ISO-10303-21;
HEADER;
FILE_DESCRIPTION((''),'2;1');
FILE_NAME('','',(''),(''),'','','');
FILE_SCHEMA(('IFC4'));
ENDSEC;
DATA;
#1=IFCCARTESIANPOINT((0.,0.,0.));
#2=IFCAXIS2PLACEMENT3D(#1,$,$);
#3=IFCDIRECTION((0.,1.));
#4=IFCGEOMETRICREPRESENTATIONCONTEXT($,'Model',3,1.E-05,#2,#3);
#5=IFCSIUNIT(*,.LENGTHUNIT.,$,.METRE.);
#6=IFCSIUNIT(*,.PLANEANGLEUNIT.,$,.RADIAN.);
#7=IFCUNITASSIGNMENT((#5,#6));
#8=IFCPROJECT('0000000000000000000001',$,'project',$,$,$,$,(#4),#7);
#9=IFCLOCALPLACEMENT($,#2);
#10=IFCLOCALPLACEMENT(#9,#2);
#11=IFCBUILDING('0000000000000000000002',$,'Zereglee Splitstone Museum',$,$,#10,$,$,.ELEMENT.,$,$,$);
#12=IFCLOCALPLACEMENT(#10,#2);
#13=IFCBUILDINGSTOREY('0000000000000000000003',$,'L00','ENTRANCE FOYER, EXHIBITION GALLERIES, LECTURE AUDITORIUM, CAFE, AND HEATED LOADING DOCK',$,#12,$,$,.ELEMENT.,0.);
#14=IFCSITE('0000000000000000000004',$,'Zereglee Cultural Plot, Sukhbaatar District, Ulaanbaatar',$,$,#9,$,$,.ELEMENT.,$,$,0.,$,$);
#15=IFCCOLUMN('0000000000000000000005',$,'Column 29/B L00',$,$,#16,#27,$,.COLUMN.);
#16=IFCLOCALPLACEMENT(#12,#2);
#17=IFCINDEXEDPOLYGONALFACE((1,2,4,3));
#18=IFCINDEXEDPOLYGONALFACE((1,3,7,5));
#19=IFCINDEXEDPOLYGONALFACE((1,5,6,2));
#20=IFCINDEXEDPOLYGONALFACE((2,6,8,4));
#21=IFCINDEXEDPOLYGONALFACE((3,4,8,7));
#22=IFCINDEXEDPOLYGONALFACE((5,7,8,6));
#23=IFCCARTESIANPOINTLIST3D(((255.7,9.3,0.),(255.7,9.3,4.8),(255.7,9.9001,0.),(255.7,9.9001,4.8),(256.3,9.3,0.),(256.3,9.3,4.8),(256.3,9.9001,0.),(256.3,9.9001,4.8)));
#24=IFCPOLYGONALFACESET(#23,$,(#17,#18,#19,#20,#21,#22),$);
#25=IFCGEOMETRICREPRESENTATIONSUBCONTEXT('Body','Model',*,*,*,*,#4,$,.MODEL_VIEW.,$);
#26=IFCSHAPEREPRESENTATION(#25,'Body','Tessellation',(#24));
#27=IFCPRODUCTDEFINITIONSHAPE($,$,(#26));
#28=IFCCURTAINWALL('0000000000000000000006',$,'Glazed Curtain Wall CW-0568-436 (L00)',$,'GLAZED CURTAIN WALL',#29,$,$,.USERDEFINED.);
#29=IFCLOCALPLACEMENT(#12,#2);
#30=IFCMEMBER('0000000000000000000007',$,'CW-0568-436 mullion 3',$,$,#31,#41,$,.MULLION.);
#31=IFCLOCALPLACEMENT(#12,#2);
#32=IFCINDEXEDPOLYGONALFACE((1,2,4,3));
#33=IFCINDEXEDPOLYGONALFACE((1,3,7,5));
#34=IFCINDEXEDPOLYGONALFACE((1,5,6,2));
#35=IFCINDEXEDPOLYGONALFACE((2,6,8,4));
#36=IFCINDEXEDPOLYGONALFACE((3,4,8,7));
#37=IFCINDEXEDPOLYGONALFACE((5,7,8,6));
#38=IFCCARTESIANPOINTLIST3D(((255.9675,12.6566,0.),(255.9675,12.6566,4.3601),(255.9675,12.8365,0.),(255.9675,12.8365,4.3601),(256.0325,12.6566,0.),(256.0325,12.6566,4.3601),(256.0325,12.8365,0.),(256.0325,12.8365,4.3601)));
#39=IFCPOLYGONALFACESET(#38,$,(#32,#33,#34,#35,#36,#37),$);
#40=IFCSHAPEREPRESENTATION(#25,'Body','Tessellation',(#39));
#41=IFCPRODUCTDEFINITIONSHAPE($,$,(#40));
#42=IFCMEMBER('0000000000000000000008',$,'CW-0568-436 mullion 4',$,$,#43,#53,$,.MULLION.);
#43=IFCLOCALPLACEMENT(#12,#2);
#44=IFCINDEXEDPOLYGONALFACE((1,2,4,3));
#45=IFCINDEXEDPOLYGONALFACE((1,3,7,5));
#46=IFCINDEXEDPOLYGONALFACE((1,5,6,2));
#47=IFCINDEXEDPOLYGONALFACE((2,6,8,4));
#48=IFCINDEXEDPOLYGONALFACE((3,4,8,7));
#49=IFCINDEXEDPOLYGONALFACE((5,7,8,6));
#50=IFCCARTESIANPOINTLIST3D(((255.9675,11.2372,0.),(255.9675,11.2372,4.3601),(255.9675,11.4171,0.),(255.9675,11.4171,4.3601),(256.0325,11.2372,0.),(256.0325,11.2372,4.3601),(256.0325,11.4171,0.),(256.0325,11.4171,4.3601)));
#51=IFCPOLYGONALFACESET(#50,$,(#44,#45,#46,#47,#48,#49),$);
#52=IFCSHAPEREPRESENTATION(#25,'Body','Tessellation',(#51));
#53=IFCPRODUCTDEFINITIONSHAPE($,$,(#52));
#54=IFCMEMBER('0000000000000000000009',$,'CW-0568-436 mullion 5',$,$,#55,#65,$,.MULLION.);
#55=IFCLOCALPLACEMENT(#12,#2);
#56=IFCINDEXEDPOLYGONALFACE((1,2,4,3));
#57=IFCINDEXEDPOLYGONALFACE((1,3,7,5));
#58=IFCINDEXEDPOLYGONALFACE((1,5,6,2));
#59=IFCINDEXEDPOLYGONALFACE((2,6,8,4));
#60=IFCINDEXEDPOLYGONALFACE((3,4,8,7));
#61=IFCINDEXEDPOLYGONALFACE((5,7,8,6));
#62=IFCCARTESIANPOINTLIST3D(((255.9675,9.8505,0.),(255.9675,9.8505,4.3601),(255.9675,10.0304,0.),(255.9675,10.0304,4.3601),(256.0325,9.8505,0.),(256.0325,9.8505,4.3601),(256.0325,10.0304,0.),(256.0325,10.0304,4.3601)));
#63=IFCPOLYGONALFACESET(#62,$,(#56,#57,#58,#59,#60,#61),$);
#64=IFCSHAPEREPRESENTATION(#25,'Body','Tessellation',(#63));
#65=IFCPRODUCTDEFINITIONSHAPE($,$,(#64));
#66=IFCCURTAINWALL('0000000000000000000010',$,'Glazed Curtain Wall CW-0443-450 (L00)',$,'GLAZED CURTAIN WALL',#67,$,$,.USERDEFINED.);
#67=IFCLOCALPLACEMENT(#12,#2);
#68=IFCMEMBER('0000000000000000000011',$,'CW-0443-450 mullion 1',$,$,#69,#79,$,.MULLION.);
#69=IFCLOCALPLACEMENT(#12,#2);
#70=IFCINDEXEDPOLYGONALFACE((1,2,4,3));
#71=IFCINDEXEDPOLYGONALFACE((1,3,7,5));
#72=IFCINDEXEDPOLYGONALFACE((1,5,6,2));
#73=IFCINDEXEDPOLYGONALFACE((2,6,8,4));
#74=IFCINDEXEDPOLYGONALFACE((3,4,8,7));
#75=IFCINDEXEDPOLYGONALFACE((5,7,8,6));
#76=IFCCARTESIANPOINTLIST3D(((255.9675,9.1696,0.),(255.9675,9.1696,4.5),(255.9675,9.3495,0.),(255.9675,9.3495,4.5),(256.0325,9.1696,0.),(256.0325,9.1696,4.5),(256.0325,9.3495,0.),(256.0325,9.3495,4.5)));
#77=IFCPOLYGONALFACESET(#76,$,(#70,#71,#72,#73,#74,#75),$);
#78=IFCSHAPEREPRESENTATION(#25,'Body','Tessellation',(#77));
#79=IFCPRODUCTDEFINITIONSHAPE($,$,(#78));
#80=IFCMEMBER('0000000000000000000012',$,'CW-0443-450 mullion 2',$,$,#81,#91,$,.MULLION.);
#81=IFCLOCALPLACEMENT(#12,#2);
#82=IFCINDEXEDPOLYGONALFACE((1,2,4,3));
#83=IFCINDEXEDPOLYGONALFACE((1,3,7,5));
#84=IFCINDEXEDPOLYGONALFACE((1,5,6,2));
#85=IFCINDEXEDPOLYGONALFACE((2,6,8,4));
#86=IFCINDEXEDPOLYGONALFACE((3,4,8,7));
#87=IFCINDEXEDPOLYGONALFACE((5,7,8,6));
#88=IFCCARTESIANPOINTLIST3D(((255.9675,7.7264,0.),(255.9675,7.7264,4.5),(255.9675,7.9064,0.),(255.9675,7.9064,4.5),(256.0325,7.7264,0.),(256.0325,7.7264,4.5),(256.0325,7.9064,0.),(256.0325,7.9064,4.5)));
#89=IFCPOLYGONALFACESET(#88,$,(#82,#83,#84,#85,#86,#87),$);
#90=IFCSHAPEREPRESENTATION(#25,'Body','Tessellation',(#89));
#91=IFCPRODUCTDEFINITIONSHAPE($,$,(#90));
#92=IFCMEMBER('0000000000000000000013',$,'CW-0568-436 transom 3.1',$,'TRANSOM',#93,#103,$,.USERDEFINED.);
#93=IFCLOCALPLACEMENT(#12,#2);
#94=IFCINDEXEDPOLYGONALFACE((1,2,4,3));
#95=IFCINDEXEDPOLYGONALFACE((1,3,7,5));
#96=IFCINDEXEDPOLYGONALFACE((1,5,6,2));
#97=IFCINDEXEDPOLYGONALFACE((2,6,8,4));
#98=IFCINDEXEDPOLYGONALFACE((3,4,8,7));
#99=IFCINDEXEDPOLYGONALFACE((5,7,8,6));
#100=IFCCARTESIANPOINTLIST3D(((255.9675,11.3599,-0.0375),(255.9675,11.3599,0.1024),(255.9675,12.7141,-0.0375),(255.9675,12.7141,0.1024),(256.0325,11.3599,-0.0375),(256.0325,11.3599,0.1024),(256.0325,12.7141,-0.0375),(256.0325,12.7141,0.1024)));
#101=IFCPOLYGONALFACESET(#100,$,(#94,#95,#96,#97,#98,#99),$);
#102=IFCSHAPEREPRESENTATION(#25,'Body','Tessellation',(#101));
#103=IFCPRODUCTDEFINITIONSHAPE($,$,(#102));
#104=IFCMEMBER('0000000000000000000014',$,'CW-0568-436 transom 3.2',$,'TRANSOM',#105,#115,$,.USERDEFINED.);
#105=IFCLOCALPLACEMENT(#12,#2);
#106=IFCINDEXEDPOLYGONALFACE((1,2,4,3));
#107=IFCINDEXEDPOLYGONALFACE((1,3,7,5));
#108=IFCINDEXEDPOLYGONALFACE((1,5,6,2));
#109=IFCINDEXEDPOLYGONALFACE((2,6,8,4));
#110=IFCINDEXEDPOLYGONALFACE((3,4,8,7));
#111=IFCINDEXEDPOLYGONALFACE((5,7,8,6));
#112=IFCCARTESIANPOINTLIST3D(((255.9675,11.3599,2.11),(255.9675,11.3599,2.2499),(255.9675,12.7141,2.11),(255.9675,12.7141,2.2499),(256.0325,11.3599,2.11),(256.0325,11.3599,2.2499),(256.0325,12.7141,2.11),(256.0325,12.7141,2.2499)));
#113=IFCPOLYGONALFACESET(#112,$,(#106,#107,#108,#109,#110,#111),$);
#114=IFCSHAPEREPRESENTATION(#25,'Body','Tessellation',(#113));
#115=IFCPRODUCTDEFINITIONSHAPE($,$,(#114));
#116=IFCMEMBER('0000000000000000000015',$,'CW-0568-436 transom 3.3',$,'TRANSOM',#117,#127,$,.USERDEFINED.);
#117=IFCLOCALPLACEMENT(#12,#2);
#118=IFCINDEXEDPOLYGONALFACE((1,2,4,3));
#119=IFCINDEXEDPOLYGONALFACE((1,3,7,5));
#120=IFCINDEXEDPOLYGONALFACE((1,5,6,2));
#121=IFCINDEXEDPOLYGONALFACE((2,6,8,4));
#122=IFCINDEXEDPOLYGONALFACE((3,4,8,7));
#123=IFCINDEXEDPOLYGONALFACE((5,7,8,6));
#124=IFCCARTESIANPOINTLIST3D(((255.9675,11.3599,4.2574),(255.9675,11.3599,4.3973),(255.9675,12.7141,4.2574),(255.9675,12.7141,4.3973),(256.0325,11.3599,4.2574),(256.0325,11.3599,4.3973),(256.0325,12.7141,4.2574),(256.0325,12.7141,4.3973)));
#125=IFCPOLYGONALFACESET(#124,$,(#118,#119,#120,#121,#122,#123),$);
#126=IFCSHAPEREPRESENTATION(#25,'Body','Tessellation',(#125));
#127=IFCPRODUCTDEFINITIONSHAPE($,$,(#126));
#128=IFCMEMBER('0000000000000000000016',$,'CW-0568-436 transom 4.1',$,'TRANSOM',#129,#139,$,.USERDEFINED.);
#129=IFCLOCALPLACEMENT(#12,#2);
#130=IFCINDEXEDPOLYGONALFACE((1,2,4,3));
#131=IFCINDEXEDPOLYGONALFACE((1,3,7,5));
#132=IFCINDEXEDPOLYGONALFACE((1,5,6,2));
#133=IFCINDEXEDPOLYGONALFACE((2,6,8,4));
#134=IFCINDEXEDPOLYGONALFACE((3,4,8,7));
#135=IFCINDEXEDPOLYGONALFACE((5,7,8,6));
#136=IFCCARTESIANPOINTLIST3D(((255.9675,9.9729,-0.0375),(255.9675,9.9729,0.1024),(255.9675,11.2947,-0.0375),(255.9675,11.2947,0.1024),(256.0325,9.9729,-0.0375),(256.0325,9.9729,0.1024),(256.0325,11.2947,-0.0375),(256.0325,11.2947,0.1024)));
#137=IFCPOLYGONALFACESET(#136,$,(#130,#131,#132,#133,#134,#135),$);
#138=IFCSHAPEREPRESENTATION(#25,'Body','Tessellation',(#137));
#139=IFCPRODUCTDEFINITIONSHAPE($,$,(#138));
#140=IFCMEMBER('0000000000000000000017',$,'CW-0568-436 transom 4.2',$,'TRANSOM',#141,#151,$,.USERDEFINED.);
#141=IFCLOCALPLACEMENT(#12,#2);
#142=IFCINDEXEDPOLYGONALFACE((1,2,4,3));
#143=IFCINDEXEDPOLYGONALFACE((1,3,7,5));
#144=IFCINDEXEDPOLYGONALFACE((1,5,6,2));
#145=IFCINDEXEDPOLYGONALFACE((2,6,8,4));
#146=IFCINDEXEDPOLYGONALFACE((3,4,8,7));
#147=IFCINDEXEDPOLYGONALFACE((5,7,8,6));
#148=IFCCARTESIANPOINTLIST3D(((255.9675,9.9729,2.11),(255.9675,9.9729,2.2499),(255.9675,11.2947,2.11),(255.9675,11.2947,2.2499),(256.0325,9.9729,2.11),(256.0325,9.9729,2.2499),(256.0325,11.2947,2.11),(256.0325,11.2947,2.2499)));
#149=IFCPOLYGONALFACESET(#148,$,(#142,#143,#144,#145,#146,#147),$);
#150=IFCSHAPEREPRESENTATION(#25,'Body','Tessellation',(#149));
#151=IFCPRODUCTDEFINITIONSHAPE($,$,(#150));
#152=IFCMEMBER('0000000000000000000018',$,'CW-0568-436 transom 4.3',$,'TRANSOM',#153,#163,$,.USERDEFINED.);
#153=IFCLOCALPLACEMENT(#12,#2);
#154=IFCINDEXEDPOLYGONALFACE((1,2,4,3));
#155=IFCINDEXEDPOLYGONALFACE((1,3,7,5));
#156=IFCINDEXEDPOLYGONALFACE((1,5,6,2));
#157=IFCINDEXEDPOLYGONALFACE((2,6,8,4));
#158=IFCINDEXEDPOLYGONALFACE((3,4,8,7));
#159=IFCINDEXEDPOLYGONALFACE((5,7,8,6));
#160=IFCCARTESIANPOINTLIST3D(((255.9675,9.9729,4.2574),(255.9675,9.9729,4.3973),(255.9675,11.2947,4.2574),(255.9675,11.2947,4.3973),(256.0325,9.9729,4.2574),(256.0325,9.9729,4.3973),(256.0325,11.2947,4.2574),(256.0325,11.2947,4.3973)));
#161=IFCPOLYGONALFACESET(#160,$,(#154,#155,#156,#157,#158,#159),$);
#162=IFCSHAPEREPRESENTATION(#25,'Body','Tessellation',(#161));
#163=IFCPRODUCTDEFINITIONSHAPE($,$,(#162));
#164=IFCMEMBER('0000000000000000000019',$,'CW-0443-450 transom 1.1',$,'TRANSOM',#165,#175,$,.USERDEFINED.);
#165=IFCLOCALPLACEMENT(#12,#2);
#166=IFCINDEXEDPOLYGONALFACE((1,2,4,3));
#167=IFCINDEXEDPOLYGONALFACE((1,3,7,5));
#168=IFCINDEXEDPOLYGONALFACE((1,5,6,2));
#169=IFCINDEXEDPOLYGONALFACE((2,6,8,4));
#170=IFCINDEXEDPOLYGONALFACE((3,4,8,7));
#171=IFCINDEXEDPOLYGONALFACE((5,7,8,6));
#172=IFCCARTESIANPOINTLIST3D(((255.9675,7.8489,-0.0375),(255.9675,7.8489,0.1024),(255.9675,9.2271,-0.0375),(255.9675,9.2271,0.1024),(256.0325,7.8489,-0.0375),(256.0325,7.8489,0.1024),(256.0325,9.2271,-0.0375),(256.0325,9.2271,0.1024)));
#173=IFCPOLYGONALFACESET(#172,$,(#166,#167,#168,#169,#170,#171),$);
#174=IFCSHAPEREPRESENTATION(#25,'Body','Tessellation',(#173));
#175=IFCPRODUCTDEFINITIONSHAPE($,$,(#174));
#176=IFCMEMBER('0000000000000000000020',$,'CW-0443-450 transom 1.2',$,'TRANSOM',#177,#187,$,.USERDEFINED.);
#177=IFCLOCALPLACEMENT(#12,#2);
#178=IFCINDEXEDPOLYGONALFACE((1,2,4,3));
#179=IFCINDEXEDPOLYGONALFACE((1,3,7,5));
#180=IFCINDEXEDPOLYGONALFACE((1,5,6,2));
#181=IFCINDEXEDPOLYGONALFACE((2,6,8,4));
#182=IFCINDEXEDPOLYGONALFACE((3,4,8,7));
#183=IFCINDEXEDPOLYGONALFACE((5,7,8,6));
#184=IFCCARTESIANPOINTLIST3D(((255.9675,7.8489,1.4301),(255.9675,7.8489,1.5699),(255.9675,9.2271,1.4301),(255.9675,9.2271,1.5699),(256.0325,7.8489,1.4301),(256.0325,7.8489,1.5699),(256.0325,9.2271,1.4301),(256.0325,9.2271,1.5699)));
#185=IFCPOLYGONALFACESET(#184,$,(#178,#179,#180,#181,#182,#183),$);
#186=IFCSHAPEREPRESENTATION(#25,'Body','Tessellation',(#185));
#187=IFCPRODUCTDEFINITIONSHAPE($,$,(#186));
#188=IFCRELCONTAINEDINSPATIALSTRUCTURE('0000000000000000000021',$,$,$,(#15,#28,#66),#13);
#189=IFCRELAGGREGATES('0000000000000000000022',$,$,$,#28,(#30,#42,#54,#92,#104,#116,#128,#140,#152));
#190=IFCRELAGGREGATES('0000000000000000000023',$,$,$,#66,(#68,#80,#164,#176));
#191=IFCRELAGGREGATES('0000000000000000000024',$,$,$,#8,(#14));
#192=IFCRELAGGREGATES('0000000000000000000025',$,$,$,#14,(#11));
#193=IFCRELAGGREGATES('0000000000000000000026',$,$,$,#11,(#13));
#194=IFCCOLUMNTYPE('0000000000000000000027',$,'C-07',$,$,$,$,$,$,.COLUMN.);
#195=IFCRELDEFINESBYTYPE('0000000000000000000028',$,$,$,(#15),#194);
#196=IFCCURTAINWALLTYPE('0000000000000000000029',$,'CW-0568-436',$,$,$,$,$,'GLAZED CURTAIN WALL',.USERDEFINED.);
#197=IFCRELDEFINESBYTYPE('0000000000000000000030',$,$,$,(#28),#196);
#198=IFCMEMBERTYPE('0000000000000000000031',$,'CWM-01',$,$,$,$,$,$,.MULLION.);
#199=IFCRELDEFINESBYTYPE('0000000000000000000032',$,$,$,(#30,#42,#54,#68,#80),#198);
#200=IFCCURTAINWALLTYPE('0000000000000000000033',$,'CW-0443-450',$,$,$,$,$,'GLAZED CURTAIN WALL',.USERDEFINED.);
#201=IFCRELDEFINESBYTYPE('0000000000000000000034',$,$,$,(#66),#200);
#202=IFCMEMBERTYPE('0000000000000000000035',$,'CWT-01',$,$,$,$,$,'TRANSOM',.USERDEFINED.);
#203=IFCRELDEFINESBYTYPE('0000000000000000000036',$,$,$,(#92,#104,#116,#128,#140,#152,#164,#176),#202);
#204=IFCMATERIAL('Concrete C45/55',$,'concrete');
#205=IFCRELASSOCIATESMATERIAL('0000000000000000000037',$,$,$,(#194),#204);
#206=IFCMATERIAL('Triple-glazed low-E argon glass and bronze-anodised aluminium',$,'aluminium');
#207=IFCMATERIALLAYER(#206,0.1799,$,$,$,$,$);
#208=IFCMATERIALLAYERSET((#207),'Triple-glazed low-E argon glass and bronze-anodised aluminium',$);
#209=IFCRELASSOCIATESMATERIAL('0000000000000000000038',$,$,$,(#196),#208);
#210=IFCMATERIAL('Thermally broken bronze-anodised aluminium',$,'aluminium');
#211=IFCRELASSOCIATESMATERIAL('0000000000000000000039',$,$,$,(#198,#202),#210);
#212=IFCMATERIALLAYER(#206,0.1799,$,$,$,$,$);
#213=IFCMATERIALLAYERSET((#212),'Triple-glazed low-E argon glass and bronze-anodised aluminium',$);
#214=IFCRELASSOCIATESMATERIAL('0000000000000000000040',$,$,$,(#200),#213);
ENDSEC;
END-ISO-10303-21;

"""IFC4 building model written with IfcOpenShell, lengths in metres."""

from ifc_helpers import new_model, si_unit, direction, frame, origin, origin_2d, place, context, subcontext, project, spatial, rectangle, extrude, material, layer, layer_set, material_profile, profile_set, type_object, element, aggregate, save


model = new_model("IFC4")

# Units and contexts
model_context = context("Model", 3, precision=1e-05, world=origin(), true_north=direction((0.0, 1.0)))
body_context = subcontext(model_context, "Body", "Model", "MODEL_VIEW")
ifc_project = project(units=[si_unit("LENGTHUNIT", "METRE"), si_unit("PLANEANGLEUNIT", "RADIAN")], contexts=[model_context])

# Site, building, storey
site_placement = place(None, origin())
site = spatial("IfcSite", under=ifc_project, at=site_placement, Name="Zereglee Cultural Plot, Sukhbaatar District, Ulaanbaatar", CompositionType="ELEMENT", RefElevation=0.0)
building_placement = place(site_placement, origin())
building = spatial("IfcBuilding", under=site, at=building_placement, Name="Zereglee Splitstone Museum", CompositionType="ELEMENT")
storey_placement = place(building_placement, origin())
storey = spatial("IfcBuildingStorey", under=building, at=storey_placement, Name="L00", Description="ENTRANCE FOYER, EXHIBITION GALLERIES, LECTURE AUDITORIUM, CAFE, AND HEATED LOADING DOCK", CompositionType="ELEMENT", Elevation=0.0)

# Column
ifc_material_1 = material(Name="Concrete C45/55", Category="concrete")
ifc_material_profile_1 = material_profile(ifc_material_1, rectangle(XDim=0.6001, YDim=0.6001, at=origin_2d()), Name="RC 600x600")
ifc_profile_set_1 = profile_set([ifc_material_profile_1], Name="Concrete C45/55")
column_type = type_object("IfcColumnType", Name="C-07", PredefinedType="COLUMN", material=ifc_profile_set_1)
column_placement = place(storey_placement, frame((256.0, 9.6001, 0.0), z_axis=(0.0, 0.0, 1.0), x_axis=(1.0, 0.0, 0.0)))
element("IfcColumn", 1, at=column_placement, inside=storey, type_object=column_type, Name="Column 29/B L00", PredefinedType="COLUMN", context=body_context, shape_type="SweptSolid", body=[
    extrude(rectangle(XDim=0.6001, YDim=0.6001, at=origin_2d()), origin(), (0.0, 0.0, 1.0), 4.8),
])

# Curtain walls, members
ifc_material_2 = material(Name="Triple-glazed low-E argon glass and bronze-anodised aluminium", Category="aluminium")
ifc_layer_1 = layer(ifc_material_2, 0.1799)
ifc_layer_set_1 = layer_set([ifc_layer_1], Name="Triple-glazed low-E argon glass and bronze-anodised aluminium")
curtain_wall_type_1 = type_object("IfcCurtainWallType", Name="CW-0568-436", ElementType="GLAZED CURTAIN WALL", PredefinedType="USERDEFINED", material=ifc_layer_set_1)
curtain_wall_1_placement = place(storey_placement, origin())
curtain_wall_1 = element("IfcCurtainWall", 2, at=curtain_wall_1_placement, inside=storey, type_object=curtain_wall_type_1, Name="Glazed Curtain Wall CW-0568-436 (L00)", ObjectType="GLAZED CURTAIN WALL", PredefinedType="USERDEFINED")
ifc_material_3 = material(Name="Thermally broken bronze-anodised aluminium", Category="aluminium")
ifc_material_profile_2 = material_profile(ifc_material_3, rectangle(XDim=0.0649, YDim=0.1799, at=origin_2d()), Name="CW MULL 65x180")
ifc_profile_set_2 = profile_set([ifc_material_profile_2], Name="Thermally broken bronze-anodised aluminium")
member_type_1 = type_object("IfcMemberType", Name="CWM-01", PredefinedType="MULLION", material=ifc_profile_set_2)
member_1_placement = place(storey_placement, frame((256.0, 12.7466, 0.0), z_axis=(0.0, 0.0, 1.0), x_axis=(1.0, 0.0, 0.0)))
member_1 = element("IfcMember", 3, at=member_1_placement, type_object=member_type_1, Name="CW-0568-436 mullion 3", PredefinedType="MULLION", context=body_context, shape_type="SweptSolid", body=[
    extrude(rectangle(XDim=0.0649, YDim=0.1799, at=origin_2d()), origin(), (0.0, 0.0, 1.0), 4.3601),
])
member_2_placement = place(storey_placement, frame((256.0, 11.3271, 0.0), z_axis=(0.0, 0.0, 1.0), x_axis=(1.0, 0.0, 0.0)))
member_2 = element("IfcMember", 4, at=member_2_placement, type_object=member_type_1, Name="CW-0568-436 mullion 4", PredefinedType="MULLION", context=body_context, shape_type="SweptSolid", body=[
    extrude(rectangle(XDim=0.0649, YDim=0.1799, at=origin_2d()), origin(), (0.0, 0.0, 1.0), 4.3601),
])
member_3_placement = place(storey_placement, frame((256.0, 9.9404, 0.0), z_axis=(0.0, 0.0, 1.0), x_axis=(1.0, 0.0, 0.0)))
member_3 = element("IfcMember", 5, at=member_3_placement, type_object=member_type_1, Name="CW-0568-436 mullion 5", PredefinedType="MULLION", context=body_context, shape_type="SweptSolid", body=[
    extrude(rectangle(XDim=0.0649, YDim=0.1799, at=origin_2d()), origin(), (0.0, 0.0, 1.0), 4.3601),
])
ifc_layer_2 = layer(ifc_material_2, 0.1799)
ifc_layer_set_2 = layer_set([ifc_layer_2], Name="Triple-glazed low-E argon glass and bronze-anodised aluminium")
curtain_wall_type_2 = type_object("IfcCurtainWallType", Name="CW-0443-450", ElementType="GLAZED CURTAIN WALL", PredefinedType="USERDEFINED", material=ifc_layer_set_2)
curtain_wall_2_placement = place(storey_placement, origin())
curtain_wall_2 = element("IfcCurtainWall", 6, at=curtain_wall_2_placement, inside=storey, type_object=curtain_wall_type_2, Name="Glazed Curtain Wall CW-0443-450 (L00)", ObjectType="GLAZED CURTAIN WALL", PredefinedType="USERDEFINED")
member_4_placement = place(storey_placement, frame((256.0, 9.2595, 0.0), z_axis=(0.0, 0.0, 1.0), x_axis=(1.0, 0.0, 0.0)))
member_4 = element("IfcMember", 7, at=member_4_placement, type_object=member_type_1, Name="CW-0443-450 mullion 1", PredefinedType="MULLION", context=body_context, shape_type="SweptSolid", body=[
    extrude(rectangle(XDim=0.0649, YDim=0.1799, at=origin_2d()), origin(), (0.0, 0.0, 1.0), 4.5),
])
member_5_placement = place(storey_placement, frame((256.0, 7.8164, 0.0), z_axis=(0.0, 0.0, 1.0), x_axis=(1.0, 0.0, 0.0)))
member_5 = element("IfcMember", 8, at=member_5_placement, type_object=member_type_1, Name="CW-0443-450 mullion 2", PredefinedType="MULLION", context=body_context, shape_type="SweptSolid", body=[
    extrude(rectangle(XDim=0.0649, YDim=0.1799, at=origin_2d()), origin(), (0.0, 0.0, 1.0), 4.5),
])

# Members
ifc_material_profile_3 = material_profile(ifc_material_3, rectangle(XDim=0.0649, YDim=0.1399, at=origin_2d()), Name="CW TRAN 65x140")
ifc_profile_set_3 = profile_set([ifc_material_profile_3], Name="Thermally broken bronze-anodised aluminium")
member_type_2 = type_object("IfcMemberType", Name="CWT-01", ElementType="TRANSOM", PredefinedType="USERDEFINED", material=ifc_profile_set_3)
member_6_placement = place(storey_placement, frame((256.0, 12.7141, 0.0325), z_axis=(0.0, -1.0, 0.0), x_axis=(1.0, 0.0, 0.0)))
member_6 = element("IfcMember", 9, at=member_6_placement, type_object=member_type_2, Name="CW-0568-436 transom 3.1", ObjectType="TRANSOM", PredefinedType="USERDEFINED", context=body_context, shape_type="SweptSolid", body=[
    extrude(rectangle(XDim=0.0649, YDim=0.1399, at=origin_2d()), origin(), (0.0, 0.0, 1.0), 1.3542),
])
member_7_placement = place(storey_placement, frame((256.0, 12.7141, 2.1799), z_axis=(0.0, -1.0, 0.0), x_axis=(1.0, 0.0, 0.0)))
member_7 = element("IfcMember", 10, at=member_7_placement, type_object=member_type_2, Name="CW-0568-436 transom 3.2", ObjectType="TRANSOM", PredefinedType="USERDEFINED", context=body_context, shape_type="SweptSolid", body=[
    extrude(rectangle(XDim=0.0649, YDim=0.1399, at=origin_2d()), origin(), (0.0, 0.0, 1.0), 1.3542),
])
member_8_placement = place(storey_placement, frame((256.0, 12.7141, 4.3274), z_axis=(0.0, -1.0, 0.0), x_axis=(1.0, 0.0, 0.0)))
member_8 = element("IfcMember", 11, at=member_8_placement, type_object=member_type_2, Name="CW-0568-436 transom 3.3", ObjectType="TRANSOM", PredefinedType="USERDEFINED", context=body_context, shape_type="SweptSolid", body=[
    extrude(rectangle(XDim=0.0649, YDim=0.1399, at=origin_2d()), origin(), (0.0, 0.0, 1.0), 1.3542),
])
member_9_placement = place(storey_placement, frame((256.0, 11.2947, 0.0325), z_axis=(0.0, -1.0, 0.0), x_axis=(1.0, 0.0, 0.0)))
member_9 = element("IfcMember", 12, at=member_9_placement, type_object=member_type_2, Name="CW-0568-436 transom 4.1", ObjectType="TRANSOM", PredefinedType="USERDEFINED", context=body_context, shape_type="SweptSolid", body=[
    extrude(rectangle(XDim=0.0649, YDim=0.1399, at=origin_2d()), origin(), (0.0, 0.0, 1.0), 1.3218),
])
member_10_placement = place(storey_placement, frame((256.0, 11.2947, 2.1799), z_axis=(0.0, -1.0, 0.0), x_axis=(1.0, 0.0, 0.0)))
member_10 = element("IfcMember", 13, at=member_10_placement, type_object=member_type_2, Name="CW-0568-436 transom 4.2", ObjectType="TRANSOM", PredefinedType="USERDEFINED", context=body_context, shape_type="SweptSolid", body=[
    extrude(rectangle(XDim=0.0649, YDim=0.1399, at=origin_2d()), origin(), (0.0, 0.0, 1.0), 1.3218),
])
member_11_placement = place(storey_placement, frame((256.0, 11.2947, 4.3274), z_axis=(0.0, -1.0, 0.0), x_axis=(1.0, 0.0, 0.0)))
member_11 = element("IfcMember", 14, at=member_11_placement, type_object=member_type_2, Name="CW-0568-436 transom 4.3", ObjectType="TRANSOM", PredefinedType="USERDEFINED", context=body_context, shape_type="SweptSolid", body=[
    extrude(rectangle(XDim=0.0649, YDim=0.1399, at=origin_2d()), origin(), (0.0, 0.0, 1.0), 1.3218),
])
member_12_placement = place(storey_placement, frame((256.0, 9.2271, 0.0325), z_axis=(0.0, -1.0, 0.0), x_axis=(1.0, 0.0, 0.0)))
member_12 = element("IfcMember", 15, at=member_12_placement, type_object=member_type_2, Name="CW-0443-450 transom 1.1", ObjectType="TRANSOM", PredefinedType="USERDEFINED", context=body_context, shape_type="SweptSolid", body=[
    extrude(rectangle(XDim=0.0649, YDim=0.1399, at=origin_2d()), origin(), (0.0, 0.0, 1.0), 1.3782),
])
member_13_placement = place(storey_placement, frame((256.0, 9.2271, 1.5), z_axis=(0.0, -1.0, 0.0), x_axis=(1.0, 0.0, 0.0)))
member_13 = element("IfcMember", 16, at=member_13_placement, type_object=member_type_2, Name="CW-0443-450 transom 1.2", ObjectType="TRANSOM", PredefinedType="USERDEFINED", context=body_context, shape_type="SweptSolid", body=[
    extrude(rectangle(XDim=0.0649, YDim=0.1399, at=origin_2d()), origin(), (0.0, 0.0, 1.0), 1.3782),
])

aggregate(curtain_wall_1, [member_1, member_2, member_3, member_6, member_7, member_8, member_9, member_10, member_11])
aggregate(curtain_wall_2, [member_4, member_5, member_12, member_13])

save(model, "model.ifc")
